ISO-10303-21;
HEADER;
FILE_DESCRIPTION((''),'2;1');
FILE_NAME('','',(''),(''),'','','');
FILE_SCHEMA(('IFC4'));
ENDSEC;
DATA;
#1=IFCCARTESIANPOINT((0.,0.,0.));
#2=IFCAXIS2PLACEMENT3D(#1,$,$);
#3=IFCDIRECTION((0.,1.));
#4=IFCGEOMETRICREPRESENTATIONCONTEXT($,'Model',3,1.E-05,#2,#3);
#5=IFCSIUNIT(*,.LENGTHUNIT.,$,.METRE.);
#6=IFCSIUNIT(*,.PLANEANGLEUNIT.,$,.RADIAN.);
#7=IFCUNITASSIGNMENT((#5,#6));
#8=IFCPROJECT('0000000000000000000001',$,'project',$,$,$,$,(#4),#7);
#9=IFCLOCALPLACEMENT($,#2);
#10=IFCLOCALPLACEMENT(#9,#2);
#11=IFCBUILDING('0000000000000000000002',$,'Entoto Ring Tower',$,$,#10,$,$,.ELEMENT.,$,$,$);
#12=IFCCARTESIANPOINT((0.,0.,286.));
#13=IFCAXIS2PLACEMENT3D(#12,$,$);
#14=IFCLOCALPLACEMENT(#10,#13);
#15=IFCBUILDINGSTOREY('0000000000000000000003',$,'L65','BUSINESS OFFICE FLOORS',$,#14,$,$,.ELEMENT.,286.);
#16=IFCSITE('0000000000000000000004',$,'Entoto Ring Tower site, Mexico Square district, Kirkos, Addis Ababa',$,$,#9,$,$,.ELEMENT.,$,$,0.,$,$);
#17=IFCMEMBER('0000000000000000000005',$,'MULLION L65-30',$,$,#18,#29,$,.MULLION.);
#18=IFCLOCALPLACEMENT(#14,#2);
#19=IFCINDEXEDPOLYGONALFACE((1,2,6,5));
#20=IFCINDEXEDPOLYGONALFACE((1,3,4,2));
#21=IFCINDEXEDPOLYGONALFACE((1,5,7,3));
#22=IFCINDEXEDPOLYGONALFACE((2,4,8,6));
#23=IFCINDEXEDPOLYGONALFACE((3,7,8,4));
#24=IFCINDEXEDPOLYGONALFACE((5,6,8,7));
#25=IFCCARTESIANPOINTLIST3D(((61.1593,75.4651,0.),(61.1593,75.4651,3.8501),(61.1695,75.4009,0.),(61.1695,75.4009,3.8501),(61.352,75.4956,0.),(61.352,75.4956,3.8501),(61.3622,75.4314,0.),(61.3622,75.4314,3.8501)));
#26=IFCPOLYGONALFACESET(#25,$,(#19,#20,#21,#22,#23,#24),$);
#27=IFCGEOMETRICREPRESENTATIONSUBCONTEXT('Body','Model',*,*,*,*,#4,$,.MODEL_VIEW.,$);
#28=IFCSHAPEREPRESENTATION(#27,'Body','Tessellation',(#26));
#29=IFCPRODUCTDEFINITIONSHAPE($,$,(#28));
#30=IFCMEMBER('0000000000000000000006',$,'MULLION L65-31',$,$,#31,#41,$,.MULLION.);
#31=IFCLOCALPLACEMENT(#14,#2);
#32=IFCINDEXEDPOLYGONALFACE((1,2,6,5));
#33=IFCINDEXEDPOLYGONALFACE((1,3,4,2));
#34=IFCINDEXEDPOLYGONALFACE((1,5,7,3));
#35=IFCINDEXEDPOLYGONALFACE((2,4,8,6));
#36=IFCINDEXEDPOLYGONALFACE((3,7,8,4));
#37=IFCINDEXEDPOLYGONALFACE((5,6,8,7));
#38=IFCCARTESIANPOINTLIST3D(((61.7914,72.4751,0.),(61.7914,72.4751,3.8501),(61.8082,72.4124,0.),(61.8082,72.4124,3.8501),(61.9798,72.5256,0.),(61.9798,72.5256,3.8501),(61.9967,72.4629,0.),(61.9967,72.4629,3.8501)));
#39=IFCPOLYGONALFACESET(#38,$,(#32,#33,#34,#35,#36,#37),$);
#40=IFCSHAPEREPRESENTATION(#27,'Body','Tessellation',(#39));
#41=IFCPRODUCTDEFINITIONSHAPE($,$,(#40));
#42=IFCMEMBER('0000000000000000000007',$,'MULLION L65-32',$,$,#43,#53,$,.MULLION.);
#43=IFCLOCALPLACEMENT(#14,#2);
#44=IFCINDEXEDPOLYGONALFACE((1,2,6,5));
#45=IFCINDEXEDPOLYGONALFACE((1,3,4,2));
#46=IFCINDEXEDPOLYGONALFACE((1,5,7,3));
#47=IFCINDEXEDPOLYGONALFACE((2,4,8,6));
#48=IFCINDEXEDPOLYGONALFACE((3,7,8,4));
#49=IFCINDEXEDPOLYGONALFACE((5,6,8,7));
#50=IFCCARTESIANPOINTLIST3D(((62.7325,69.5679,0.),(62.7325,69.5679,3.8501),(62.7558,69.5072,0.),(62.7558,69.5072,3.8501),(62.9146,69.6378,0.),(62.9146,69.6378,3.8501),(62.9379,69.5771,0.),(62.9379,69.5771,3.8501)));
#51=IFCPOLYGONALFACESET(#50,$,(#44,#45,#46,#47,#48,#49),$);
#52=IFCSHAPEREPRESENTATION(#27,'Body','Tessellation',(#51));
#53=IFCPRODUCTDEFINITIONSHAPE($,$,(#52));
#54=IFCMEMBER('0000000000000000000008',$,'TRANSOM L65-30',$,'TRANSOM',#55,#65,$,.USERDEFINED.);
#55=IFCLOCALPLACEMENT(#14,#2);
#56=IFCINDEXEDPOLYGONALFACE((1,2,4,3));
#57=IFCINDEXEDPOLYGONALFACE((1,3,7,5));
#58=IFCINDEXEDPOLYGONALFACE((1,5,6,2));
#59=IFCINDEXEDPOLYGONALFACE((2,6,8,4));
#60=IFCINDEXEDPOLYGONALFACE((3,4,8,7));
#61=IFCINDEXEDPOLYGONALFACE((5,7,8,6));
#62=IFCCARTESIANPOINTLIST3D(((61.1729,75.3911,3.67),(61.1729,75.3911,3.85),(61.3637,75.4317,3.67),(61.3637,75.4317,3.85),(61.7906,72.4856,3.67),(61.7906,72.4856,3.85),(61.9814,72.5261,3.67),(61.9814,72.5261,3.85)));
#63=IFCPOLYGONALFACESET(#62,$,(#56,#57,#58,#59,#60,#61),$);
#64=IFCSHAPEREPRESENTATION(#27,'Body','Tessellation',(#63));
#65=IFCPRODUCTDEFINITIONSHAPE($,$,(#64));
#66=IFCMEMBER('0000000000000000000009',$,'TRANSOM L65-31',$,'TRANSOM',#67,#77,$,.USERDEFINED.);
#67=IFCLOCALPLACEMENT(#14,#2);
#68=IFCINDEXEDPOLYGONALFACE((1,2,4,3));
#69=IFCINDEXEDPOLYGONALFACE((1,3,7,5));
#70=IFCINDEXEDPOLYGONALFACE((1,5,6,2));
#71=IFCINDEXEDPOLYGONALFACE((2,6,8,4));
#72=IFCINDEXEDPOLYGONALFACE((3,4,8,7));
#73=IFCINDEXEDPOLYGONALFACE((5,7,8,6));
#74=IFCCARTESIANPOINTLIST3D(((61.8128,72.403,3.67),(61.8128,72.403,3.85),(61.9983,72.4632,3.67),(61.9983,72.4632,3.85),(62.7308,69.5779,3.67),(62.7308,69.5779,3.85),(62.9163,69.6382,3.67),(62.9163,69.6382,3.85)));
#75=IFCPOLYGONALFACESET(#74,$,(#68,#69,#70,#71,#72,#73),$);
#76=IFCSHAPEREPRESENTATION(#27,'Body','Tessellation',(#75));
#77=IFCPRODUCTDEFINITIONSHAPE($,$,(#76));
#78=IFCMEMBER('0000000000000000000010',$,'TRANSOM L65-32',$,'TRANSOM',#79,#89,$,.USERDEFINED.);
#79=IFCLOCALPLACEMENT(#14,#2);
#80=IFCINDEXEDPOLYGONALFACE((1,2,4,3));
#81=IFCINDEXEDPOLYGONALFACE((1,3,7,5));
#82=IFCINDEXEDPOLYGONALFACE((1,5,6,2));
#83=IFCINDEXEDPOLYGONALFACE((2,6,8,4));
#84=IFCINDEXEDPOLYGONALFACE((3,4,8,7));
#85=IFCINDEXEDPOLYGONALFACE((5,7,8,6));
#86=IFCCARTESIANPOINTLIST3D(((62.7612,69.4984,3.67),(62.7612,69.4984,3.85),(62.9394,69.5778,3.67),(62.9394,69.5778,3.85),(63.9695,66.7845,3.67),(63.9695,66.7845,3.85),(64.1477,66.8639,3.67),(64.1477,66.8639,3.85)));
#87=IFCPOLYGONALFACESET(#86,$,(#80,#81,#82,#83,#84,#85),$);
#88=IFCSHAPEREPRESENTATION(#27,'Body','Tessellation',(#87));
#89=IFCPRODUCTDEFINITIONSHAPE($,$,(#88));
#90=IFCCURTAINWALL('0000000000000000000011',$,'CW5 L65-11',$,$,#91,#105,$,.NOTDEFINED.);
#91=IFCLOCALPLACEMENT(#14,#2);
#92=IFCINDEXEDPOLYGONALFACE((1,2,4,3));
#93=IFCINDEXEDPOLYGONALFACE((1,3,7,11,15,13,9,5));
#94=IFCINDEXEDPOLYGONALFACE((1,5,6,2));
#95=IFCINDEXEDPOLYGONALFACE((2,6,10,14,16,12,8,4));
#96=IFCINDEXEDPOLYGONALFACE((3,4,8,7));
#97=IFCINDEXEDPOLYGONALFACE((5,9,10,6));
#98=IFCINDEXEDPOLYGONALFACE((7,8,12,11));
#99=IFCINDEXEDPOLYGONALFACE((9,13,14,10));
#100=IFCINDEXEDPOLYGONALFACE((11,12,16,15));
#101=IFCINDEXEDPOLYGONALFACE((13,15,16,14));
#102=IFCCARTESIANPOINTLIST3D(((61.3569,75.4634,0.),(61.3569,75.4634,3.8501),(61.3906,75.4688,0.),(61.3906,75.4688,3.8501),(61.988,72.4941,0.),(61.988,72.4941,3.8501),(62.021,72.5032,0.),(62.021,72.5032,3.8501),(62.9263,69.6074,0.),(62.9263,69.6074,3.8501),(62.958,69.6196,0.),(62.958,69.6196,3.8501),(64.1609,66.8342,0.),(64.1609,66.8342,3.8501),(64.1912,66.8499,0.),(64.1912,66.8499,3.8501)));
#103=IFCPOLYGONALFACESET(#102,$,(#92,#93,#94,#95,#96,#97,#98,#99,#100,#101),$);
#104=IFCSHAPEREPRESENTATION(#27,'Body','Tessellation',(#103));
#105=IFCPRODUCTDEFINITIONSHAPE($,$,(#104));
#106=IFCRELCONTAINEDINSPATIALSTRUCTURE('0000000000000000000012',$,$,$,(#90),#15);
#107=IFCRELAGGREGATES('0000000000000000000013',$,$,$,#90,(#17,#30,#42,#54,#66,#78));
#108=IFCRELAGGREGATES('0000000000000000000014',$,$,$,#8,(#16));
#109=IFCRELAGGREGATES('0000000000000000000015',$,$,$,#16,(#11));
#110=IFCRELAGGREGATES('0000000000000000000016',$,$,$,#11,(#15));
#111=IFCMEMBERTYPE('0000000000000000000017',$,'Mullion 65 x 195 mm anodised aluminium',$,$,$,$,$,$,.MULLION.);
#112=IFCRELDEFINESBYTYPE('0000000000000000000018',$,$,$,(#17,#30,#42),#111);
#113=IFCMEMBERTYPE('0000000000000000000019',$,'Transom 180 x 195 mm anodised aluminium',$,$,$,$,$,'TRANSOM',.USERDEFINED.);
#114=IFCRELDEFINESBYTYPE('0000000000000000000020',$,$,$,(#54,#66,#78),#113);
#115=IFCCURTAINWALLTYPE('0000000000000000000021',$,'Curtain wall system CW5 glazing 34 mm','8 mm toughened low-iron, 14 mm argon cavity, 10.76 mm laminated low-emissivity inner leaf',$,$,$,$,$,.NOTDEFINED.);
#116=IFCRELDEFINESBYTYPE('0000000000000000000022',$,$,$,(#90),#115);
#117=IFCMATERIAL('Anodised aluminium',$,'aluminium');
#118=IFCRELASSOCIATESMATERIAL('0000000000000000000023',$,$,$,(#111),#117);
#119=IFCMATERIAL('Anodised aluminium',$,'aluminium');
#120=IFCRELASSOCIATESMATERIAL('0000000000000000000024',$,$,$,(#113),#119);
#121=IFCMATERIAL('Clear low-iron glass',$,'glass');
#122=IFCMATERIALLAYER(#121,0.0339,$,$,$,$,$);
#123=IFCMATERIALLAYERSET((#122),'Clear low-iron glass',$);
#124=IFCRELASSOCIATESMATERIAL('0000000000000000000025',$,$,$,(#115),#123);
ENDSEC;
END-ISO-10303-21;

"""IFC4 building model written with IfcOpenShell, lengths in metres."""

from ifc_helpers import new_model, si_unit, direction, frame, origin, origin_2d, place, context, subcontext, project, spatial, polyline, rectangle, outline, extrude, material, layer, layer_set, material_profile, profile_set, type_object, element, aggregate, save


model = new_model("IFC4")

# Units and contexts
model_context = context("Model", 3, precision=1e-05, world=origin(), true_north=direction((0.0, 1.0)))
body_context = subcontext(model_context, "Body", "Model", "MODEL_VIEW")
ifc_project = project(units=[si_unit("LENGTHUNIT", "METRE"), si_unit("PLANEANGLEUNIT", "RADIAN")], contexts=[model_context])

# Members
ifc_material_1 = material(Name="Anodised aluminium", Category="aluminium")
ifc_material_profile_1 = material_profile(ifc_material_1, rectangle(XDim=0.0649, YDim=0.1951, at=origin_2d()), Name="Mullion 65 x 195 mm anodised aluminium")
ifc_profile_set_1 = profile_set([ifc_material_profile_1], Name="Anodised aluminium")
member_type_1 = type_object("IfcMemberType", Name="Mullion 65 x 195 mm anodised aluminium", PredefinedType="MULLION", material=ifc_profile_set_1)
site_placement = place(None, origin())
building_placement = place(site_placement, origin())
storey_placement = place(building_placement, frame((0.0, 0.0, 286.0)))
member_1_placement = place(storey_placement, frame((61.2607, 75.4482, 0.0), z_axis=(0.0, 0.0, 1.0), x_axis=(0.156434, -0.987688, 0.0)))
member_1 = element("IfcMember", 1, at=member_1_placement, type_object=member_type_1, Name="MULLION L65-30", PredefinedType="MULLION", context=body_context, shape_type="SweptSolid", body=[
    extrude(rectangle(XDim=0.0649, YDim=0.1951, at=origin_2d()), origin(), (0.0, 0.0, 1.0), 3.8501),
])
member_2_placement = place(storey_placement, frame((61.894, 72.469, 0.0), z_axis=(0.0, 0.0, 1.0), x_axis=(0.258819, -0.965926, 0.0)))
member_2 = element("IfcMember", 2, at=member_2_placement, type_object=member_type_1, Name="MULLION L65-31", PredefinedType="MULLION", context=body_context, shape_type="SweptSolid", body=[
    extrude(rectangle(XDim=0.0649, YDim=0.1951, at=origin_2d()), origin(), (0.0, 0.0, 1.0), 3.8501),
])
member_3_placement = place(storey_placement, frame((62.8352, 69.5725, 0.0), z_axis=(0.0, 0.0, 1.0), x_axis=(0.358368, -0.93358, 0.0)))
member_3 = element("IfcMember", 3, at=member_3_placement, type_object=member_type_1, Name="MULLION L65-32", PredefinedType="MULLION", context=body_context, shape_type="SweptSolid", body=[
    extrude(rectangle(XDim=0.0649, YDim=0.1951, at=origin_2d()), origin(), (0.0, 0.0, 1.0), 3.8501),
])
ifc_material_2 = material(Name="Anodised aluminium", Category="aluminium")
ifc_material_profile_2 = material_profile(ifc_material_2, rectangle(XDim=0.1951, YDim=0.1799, at=origin_2d()), Name="Transom 180 x 195 mm anodised aluminium")
ifc_profile_set_2 = profile_set([ifc_material_profile_2], Name="Anodised aluminium")
member_type_2 = type_object("IfcMemberType", Name="Transom 180 x 195 mm anodised aluminium", ElementType="TRANSOM", PredefinedType="USERDEFINED", material=ifc_profile_set_2)
member_4_placement = place(storey_placement, frame((61.2683, 75.4114, 3.76), z_axis=(0.20794, -0.978142, 0.0), x_axis=(0.978142, 0.20794, 0.0)))
member_4 = element("IfcMember", 4, at=member_4_placement, type_object=member_type_2, Name="TRANSOM L65-30", ObjectType="TRANSOM", PredefinedType="USERDEFINED", context=body_context, shape_type="SweptSolid", body=[
    extrude(rectangle(XDim=0.1951, YDim=0.1799, at=origin_2d()), origin(), (0.0, 0.0, 1.0), 2.9705),
])
member_5_placement = place(storey_placement, frame((61.9055, 72.4331, 3.76), z_axis=(0.309043, -0.951048, 0.0), x_axis=(0.951048, 0.309043, 0.0)))
member_5 = element("IfcMember", 5, at=member_5_placement, type_object=member_type_2, Name="TRANSOM L65-31", ObjectType="TRANSOM", PredefinedType="USERDEFINED", context=body_context, shape_type="SweptSolid", body=[
    extrude(rectangle(XDim=0.1951, YDim=0.1799, at=origin_2d()), origin(), (0.0, 0.0, 1.0), 2.9705),
])
member_6_placement = place(storey_placement, frame((62.8503, 69.5381, 3.76), z_axis=(0.406726, -0.91355, 0.0), x_axis=(0.91355, 0.406726, 0.0)))
member_6 = element("IfcMember", 6, at=member_6_placement, type_object=member_type_2, Name="TRANSOM L65-32", ObjectType="TRANSOM", PredefinedType="USERDEFINED", context=body_context, shape_type="SweptSolid", body=[
    extrude(rectangle(XDim=0.1951, YDim=0.1799, at=origin_2d()), origin(), (0.0, 0.0, 1.0), 2.9707),
])

# Site, building, storey
site = spatial("IfcSite", under=ifc_project, at=site_placement, Name="Entoto Ring Tower site, Mexico Square district, Kirkos, Addis Ababa", CompositionType="ELEMENT", RefElevation=0.0)
building = spatial("IfcBuilding", under=site, at=building_placement, Name="Entoto Ring Tower", CompositionType="ELEMENT")
storey = spatial("IfcBuildingStorey", under=building, at=storey_placement, Name="L65", Description="BUSINESS OFFICE FLOORS", CompositionType="ELEMENT", Elevation=286.0)

# Curtain wall
ifc_material_3 = material(Name="Clear low-iron glass", Category="glass")
ifc_layer = layer(ifc_material_3, 0.0339)
ifc_layer_set = layer_set([ifc_layer], Name="Clear low-iron glass")
curtain_wall_type = type_object("IfcCurtainWallType", Name="Curtain wall system CW5 glazing 34 mm", Description="8 mm toughened low-iron, 14 mm argon cavity, 10.76 mm laminated low-emissivity inner leaf", PredefinedType="NOTDEFINED", material=ifc_layer_set)
curtain_wall_1_placement = place(storey_placement, origin())
curtain_wall_1 = element("IfcCurtainWall", 7, at=curtain_wall_1_placement, inside=storey, type_object=curtain_wall_type, Name="CW5 L65-11", PredefinedType="NOTDEFINED", context=body_context, shape_type="SweptSolid", body=[
    extrude(outline(polyline([(61.3569, 75.4634), (61.988, 72.4941), (62.9263, 69.6074), (64.1609, 66.8342), (64.1912, 66.8499), (62.958, 69.6196), (62.021, 72.5032), (61.3906, 75.4688), (61.3569, 75.4634)])), origin(), (0.0, 0.0, 1.0), 3.8501),
])
aggregate(curtain_wall_1, [member_1, member_2, member_3, member_4, member_5, member_6])

save(model, "model.ifc")
